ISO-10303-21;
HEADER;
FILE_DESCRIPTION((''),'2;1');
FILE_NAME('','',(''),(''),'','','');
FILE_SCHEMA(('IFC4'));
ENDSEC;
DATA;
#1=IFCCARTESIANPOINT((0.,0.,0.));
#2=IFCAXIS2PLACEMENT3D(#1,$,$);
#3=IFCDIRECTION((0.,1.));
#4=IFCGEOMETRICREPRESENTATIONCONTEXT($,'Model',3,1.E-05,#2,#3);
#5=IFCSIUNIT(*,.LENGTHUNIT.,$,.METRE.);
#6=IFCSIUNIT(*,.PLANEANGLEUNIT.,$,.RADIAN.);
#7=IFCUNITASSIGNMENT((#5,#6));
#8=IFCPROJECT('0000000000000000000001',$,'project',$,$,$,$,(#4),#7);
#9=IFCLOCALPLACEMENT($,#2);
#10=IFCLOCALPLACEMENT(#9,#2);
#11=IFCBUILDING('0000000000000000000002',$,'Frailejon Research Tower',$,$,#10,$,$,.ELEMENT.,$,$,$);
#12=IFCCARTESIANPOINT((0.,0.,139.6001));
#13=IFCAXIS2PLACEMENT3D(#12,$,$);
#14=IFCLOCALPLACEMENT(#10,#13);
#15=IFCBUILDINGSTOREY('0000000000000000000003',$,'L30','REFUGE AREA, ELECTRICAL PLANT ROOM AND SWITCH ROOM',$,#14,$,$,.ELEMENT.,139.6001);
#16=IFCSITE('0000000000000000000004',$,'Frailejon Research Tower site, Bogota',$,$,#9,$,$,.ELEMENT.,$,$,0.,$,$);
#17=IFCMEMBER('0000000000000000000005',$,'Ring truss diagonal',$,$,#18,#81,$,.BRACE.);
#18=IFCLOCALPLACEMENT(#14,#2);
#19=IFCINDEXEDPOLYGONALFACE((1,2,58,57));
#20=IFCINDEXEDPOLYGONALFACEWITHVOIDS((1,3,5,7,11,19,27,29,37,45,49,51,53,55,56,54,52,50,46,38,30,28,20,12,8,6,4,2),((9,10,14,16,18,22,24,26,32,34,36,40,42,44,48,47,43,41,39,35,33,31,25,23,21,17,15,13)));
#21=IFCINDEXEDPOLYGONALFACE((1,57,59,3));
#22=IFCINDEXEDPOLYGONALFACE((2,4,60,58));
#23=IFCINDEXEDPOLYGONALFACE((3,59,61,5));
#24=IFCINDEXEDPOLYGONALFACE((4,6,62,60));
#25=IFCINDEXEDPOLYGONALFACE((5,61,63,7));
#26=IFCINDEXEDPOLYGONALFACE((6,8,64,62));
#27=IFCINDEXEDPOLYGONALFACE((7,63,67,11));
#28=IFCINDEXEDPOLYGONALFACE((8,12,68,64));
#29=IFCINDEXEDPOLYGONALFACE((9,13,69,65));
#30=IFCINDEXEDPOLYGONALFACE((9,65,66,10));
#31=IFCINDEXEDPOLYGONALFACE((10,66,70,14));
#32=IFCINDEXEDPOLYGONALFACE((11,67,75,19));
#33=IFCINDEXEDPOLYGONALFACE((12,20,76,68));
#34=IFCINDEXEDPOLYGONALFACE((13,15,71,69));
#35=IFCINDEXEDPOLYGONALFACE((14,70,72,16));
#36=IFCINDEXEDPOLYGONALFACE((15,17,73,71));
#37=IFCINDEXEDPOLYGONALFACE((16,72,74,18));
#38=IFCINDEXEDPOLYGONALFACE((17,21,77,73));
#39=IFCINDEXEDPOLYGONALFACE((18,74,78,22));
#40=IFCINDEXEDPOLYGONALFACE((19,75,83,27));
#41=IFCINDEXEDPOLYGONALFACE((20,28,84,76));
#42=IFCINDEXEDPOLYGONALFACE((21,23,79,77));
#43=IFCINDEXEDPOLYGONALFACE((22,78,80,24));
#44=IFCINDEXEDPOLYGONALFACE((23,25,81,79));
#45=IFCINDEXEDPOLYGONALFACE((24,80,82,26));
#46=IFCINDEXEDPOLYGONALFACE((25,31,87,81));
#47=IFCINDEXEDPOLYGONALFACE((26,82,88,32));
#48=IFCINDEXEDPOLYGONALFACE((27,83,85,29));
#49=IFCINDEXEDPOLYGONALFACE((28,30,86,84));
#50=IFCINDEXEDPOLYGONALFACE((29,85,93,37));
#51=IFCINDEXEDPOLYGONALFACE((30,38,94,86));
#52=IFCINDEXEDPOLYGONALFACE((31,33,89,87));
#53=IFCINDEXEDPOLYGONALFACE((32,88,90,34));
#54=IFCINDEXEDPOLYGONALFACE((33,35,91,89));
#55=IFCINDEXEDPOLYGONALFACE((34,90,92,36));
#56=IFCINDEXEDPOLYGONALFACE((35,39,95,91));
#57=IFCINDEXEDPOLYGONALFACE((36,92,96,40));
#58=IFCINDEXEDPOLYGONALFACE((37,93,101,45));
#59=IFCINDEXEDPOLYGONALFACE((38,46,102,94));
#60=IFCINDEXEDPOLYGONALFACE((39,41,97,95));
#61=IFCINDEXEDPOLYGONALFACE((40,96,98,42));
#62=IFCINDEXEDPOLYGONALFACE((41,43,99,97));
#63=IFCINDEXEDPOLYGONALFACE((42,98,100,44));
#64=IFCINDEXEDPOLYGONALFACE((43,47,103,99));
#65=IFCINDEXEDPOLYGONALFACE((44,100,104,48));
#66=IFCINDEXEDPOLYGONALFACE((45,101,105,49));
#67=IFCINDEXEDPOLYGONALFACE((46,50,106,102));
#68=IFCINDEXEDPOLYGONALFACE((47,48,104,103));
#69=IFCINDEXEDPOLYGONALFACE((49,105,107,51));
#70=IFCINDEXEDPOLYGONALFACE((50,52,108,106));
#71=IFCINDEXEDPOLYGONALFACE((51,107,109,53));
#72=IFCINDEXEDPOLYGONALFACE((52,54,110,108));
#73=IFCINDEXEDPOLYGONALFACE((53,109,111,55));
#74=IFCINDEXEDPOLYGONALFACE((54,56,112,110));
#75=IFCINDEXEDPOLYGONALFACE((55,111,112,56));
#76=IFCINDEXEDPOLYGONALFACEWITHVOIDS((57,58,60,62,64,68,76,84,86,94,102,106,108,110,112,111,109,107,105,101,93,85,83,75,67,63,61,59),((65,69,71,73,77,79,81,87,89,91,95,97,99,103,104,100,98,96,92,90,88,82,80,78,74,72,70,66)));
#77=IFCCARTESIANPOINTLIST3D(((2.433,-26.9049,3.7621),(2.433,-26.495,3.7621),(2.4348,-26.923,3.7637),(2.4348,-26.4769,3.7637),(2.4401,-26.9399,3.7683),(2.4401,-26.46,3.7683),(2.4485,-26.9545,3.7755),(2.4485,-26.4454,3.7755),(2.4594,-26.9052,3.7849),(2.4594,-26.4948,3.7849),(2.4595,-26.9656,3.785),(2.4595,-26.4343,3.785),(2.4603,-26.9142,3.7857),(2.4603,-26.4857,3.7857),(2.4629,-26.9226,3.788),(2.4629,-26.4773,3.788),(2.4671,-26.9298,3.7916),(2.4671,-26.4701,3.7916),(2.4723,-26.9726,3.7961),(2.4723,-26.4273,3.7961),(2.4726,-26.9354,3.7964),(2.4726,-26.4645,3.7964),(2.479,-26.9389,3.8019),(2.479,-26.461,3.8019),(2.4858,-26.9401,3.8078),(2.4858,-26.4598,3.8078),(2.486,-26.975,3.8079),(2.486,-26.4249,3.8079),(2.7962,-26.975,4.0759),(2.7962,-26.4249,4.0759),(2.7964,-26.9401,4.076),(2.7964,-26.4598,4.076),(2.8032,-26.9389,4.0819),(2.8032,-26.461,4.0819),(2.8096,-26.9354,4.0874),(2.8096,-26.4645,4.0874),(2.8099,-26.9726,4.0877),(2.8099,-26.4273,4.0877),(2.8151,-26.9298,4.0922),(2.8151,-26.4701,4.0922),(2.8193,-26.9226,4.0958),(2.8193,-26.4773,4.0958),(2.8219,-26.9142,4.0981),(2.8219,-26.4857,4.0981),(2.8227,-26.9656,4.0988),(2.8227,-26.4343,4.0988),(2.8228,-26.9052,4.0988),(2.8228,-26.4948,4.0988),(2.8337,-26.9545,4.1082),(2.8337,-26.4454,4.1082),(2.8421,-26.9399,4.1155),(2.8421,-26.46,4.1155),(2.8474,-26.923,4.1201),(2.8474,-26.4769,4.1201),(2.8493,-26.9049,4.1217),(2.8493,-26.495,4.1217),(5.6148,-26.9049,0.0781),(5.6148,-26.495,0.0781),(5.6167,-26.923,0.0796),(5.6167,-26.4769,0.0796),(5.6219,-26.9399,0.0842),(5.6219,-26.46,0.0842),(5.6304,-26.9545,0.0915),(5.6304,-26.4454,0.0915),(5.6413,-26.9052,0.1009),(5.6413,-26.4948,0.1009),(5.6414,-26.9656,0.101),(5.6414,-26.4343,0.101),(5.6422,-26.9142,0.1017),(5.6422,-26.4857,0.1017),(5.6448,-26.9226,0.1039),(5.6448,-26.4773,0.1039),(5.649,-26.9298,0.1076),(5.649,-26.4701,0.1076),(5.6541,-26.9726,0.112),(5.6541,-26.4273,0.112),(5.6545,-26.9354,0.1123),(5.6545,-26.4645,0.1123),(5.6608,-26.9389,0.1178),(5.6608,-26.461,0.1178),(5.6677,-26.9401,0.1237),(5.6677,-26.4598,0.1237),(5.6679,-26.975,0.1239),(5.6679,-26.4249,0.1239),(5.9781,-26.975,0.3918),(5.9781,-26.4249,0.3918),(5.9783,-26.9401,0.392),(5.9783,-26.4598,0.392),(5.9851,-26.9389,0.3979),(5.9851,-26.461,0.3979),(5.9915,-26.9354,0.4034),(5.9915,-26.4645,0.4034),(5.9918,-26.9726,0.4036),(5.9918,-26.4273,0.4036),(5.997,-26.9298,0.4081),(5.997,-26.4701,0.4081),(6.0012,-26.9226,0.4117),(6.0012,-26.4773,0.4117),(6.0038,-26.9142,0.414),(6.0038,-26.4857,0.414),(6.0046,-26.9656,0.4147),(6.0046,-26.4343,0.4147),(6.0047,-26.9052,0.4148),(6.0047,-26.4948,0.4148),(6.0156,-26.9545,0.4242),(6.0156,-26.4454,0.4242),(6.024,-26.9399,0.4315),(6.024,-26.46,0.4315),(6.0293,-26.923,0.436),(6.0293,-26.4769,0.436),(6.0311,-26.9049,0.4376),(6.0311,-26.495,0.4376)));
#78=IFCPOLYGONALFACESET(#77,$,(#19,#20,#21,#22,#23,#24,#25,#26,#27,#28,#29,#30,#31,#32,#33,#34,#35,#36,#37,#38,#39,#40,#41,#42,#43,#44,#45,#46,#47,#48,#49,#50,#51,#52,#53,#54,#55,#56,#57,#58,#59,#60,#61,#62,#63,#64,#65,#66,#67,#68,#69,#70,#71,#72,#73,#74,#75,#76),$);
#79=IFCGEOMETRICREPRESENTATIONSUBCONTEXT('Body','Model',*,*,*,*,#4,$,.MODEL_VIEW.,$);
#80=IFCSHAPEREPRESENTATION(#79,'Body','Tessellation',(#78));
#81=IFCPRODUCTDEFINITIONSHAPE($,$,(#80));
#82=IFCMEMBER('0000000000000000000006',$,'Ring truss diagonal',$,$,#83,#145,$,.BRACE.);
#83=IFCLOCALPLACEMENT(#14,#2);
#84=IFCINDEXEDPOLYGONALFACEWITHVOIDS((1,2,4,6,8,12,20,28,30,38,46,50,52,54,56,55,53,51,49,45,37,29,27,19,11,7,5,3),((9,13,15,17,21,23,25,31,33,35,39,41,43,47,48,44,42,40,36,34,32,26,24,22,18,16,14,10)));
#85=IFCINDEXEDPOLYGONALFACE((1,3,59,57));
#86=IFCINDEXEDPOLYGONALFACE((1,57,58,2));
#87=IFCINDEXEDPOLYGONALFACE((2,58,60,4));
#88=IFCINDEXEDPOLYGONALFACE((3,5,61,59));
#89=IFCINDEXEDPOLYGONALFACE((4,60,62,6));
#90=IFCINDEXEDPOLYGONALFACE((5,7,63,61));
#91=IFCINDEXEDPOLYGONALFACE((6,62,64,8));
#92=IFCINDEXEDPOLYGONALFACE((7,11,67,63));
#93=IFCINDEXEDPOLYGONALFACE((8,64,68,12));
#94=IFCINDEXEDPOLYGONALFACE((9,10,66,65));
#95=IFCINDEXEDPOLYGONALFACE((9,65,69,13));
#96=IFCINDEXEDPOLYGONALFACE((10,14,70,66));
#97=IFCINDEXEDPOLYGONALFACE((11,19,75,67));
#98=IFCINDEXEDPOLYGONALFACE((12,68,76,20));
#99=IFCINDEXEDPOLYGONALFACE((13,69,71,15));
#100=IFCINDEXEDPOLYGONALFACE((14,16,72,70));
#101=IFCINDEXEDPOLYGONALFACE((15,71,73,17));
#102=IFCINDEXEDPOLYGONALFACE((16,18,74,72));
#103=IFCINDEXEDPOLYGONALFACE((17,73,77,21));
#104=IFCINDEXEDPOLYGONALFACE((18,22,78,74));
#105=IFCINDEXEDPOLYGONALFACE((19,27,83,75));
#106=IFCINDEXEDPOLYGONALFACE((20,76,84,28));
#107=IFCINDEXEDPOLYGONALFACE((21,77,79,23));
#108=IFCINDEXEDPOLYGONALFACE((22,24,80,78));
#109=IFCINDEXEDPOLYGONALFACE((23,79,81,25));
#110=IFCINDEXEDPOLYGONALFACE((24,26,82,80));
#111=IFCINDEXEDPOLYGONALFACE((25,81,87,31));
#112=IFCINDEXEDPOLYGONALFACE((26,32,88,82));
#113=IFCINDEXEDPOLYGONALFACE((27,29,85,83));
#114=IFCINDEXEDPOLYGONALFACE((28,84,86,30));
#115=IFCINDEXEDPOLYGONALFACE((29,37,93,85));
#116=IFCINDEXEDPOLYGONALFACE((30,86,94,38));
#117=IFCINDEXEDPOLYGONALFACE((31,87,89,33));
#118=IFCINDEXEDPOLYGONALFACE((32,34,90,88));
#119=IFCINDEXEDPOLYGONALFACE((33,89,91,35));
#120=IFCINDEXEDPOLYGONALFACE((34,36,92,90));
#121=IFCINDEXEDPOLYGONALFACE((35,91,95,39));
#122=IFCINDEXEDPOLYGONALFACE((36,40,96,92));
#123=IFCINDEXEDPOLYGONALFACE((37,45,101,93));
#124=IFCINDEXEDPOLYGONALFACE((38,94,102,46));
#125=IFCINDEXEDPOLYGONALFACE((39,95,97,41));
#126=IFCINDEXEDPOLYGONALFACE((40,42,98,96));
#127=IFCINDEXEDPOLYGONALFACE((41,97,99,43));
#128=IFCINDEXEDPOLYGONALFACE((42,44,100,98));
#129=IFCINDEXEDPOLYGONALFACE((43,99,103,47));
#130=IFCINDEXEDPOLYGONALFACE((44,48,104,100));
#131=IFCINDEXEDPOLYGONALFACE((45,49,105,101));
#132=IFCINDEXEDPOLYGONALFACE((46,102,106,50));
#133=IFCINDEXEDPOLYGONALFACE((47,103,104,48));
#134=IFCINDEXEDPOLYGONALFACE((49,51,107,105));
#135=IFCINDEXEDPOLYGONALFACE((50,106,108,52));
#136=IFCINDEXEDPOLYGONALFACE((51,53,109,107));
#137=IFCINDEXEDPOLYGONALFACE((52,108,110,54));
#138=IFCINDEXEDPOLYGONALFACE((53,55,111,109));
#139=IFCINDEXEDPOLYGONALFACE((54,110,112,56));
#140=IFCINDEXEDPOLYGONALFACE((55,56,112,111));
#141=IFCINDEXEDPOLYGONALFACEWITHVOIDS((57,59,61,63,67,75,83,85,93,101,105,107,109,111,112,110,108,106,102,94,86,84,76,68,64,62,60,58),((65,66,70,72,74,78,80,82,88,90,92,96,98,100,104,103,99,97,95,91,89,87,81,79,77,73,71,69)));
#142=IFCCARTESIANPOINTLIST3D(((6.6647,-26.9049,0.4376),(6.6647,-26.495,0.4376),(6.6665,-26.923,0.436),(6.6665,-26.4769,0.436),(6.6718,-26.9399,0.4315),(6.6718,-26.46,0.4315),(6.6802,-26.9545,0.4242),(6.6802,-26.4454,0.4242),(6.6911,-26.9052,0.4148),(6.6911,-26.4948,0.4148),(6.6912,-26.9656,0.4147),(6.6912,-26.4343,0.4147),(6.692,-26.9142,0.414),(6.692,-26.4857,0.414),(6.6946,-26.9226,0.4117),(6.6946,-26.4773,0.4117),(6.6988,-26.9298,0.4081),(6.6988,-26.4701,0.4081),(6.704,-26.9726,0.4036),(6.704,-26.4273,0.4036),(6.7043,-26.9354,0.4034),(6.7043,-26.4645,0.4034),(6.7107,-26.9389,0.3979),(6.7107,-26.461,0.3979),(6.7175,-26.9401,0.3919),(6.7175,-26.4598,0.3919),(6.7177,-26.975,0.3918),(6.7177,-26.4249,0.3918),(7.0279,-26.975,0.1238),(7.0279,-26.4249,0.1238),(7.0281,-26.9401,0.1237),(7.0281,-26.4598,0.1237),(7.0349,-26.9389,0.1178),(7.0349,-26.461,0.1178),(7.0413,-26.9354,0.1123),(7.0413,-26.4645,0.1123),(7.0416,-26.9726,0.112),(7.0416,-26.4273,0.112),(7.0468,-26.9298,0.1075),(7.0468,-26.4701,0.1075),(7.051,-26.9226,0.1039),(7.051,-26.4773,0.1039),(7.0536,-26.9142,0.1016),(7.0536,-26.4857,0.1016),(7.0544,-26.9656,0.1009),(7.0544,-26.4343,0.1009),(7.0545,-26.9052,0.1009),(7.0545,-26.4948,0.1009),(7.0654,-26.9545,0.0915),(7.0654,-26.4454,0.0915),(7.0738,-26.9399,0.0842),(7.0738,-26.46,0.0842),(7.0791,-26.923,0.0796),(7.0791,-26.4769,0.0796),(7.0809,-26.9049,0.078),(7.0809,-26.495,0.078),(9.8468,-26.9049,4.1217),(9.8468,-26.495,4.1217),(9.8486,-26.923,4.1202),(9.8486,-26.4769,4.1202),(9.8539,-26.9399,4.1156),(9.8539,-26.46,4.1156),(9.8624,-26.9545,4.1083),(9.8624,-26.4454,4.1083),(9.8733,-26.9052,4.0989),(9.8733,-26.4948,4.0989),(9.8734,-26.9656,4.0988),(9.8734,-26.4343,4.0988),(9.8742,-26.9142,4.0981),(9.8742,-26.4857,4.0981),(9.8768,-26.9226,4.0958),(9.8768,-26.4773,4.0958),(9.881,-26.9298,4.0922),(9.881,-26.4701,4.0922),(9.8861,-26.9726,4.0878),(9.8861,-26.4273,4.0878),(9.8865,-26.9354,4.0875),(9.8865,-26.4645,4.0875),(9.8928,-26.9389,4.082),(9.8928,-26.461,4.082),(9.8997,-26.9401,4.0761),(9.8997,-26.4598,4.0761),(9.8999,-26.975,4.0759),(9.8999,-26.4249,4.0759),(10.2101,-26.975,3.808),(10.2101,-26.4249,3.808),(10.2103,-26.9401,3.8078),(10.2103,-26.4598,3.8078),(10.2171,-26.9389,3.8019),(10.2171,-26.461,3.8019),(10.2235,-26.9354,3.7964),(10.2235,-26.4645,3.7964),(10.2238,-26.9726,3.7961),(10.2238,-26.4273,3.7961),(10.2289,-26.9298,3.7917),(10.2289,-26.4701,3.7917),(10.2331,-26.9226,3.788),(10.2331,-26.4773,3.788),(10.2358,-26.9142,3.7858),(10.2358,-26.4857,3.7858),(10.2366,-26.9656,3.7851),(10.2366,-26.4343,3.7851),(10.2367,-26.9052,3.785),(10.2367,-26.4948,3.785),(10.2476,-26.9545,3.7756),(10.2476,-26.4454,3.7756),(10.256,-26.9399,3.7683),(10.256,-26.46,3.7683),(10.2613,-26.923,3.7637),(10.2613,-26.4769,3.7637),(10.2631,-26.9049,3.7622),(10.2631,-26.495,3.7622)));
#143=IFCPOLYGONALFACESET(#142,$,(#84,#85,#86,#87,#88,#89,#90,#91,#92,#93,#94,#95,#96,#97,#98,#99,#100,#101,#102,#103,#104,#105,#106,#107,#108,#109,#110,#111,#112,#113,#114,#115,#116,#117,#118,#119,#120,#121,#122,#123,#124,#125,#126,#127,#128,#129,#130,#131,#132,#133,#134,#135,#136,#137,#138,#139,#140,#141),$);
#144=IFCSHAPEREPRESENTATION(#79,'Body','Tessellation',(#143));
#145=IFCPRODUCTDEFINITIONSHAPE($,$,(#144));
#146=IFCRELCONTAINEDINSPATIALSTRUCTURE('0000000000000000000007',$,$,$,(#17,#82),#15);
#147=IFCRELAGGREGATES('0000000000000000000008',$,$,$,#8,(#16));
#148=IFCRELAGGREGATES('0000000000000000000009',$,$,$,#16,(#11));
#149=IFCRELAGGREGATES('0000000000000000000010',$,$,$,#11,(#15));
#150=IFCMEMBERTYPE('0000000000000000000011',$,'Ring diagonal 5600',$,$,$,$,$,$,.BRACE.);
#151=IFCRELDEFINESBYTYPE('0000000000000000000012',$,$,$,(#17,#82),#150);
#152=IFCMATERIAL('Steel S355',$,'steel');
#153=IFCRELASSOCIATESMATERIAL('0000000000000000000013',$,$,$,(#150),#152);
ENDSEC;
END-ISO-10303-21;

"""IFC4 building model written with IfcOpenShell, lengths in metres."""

from ifc_helpers import new_model, si_unit, direction, frame, origin, origin_2d, place, context, subcontext, project, spatial, hollow_rectangle, extrude, material, material_profile, profile_set, type_object, element, save


model = new_model("IFC4")

# Units and contexts
model_context = context("Model", 3, precision=1e-05, world=origin(), true_north=direction((0.0, 1.0)))
body_context = subcontext(model_context, "Body", "Model", "MODEL_VIEW")
ifc_project = project(units=[si_unit("LENGTHUNIT", "METRE"), si_unit("PLANEANGLEUNIT", "RADIAN")], contexts=[model_context])

# Site, building, storey
site_placement = place(None, origin())
site = spatial("IfcSite", under=ifc_project, at=site_placement, Name="Frailejon Research Tower site, Bogota", CompositionType="ELEMENT", RefElevation=0.0)
building_placement = place(site_placement, origin())
building = spatial("IfcBuilding", under=site, at=building_placement, Name="Frailejon Research Tower", CompositionType="ELEMENT")
storey_placement = place(building_placement, frame((0.0, 0.0, 139.6001)))
storey = spatial("IfcBuildingStorey", under=building, at=storey_placement, Name="L30", Description="REFUGE AREA, ELECTRICAL PLANT ROOM AND SWITCH ROOM", CompositionType="ELEMENT", Elevation=139.6001)

# Members
ifc_material_1 = material(Name="Steel S355", Category="steel")
ifc_material_profile_1 = material_profile(ifc_material_1, hollow_rectangle(XDim=0.55, YDim=0.55, WallThickness=0.0349, InnerFilletRadius=0.0349, OuterFilletRadius=0.0701, at=origin_2d()), Name="Ring diagonal 5600")
ifc_profile_set_1 = profile_set([ifc_material_profile_1], Name="Steel S355")
member_type = type_object("IfcMemberType", Name="Ring diagonal 5600", PredefinedType="BRACE", material=ifc_profile_set_1)
member_1_placement = place(storey_placement, frame((2.6411, -26.7, 3.9419), z_axis=(0.653641, 0.0, -0.756805), x_axis=(0.0, 1.0, 0.0)))
element("IfcMember", 1, at=member_1_placement, inside=storey, type_object=member_type, Name="Ring truss diagonal", PredefinedType="BRACE", context=body_context, shape_type="SweptSolid", body=[
    extrude(hollow_rectangle(XDim=0.55, YDim=0.55, WallThickness=0.0349, InnerFilletRadius=0.0349, OuterFilletRadius=0.0701, at=origin_2d()), origin(), (0.0, 0.0, 1.0), 4.8679),
])
member_2_placement = place(storey_placement, frame((6.8728, -26.7, 0.2578), z_axis=(0.653669, 0.0, 0.75678), x_axis=(0.0, 1.0, 0.0)))
element("IfcMember", 2, at=member_2_placement, inside=storey, type_object=member_type, Name="Ring truss diagonal", PredefinedType="BRACE", context=body_context, shape_type="SweptSolid", body=[
    extrude(hollow_rectangle(XDim=0.55, YDim=0.55, WallThickness=0.0349, InnerFilletRadius=0.0349, OuterFilletRadius=0.0701, at=origin_2d()), origin(), (0.0, 0.0, 1.0), 4.8682),
])

save(model, "model.ifc")
